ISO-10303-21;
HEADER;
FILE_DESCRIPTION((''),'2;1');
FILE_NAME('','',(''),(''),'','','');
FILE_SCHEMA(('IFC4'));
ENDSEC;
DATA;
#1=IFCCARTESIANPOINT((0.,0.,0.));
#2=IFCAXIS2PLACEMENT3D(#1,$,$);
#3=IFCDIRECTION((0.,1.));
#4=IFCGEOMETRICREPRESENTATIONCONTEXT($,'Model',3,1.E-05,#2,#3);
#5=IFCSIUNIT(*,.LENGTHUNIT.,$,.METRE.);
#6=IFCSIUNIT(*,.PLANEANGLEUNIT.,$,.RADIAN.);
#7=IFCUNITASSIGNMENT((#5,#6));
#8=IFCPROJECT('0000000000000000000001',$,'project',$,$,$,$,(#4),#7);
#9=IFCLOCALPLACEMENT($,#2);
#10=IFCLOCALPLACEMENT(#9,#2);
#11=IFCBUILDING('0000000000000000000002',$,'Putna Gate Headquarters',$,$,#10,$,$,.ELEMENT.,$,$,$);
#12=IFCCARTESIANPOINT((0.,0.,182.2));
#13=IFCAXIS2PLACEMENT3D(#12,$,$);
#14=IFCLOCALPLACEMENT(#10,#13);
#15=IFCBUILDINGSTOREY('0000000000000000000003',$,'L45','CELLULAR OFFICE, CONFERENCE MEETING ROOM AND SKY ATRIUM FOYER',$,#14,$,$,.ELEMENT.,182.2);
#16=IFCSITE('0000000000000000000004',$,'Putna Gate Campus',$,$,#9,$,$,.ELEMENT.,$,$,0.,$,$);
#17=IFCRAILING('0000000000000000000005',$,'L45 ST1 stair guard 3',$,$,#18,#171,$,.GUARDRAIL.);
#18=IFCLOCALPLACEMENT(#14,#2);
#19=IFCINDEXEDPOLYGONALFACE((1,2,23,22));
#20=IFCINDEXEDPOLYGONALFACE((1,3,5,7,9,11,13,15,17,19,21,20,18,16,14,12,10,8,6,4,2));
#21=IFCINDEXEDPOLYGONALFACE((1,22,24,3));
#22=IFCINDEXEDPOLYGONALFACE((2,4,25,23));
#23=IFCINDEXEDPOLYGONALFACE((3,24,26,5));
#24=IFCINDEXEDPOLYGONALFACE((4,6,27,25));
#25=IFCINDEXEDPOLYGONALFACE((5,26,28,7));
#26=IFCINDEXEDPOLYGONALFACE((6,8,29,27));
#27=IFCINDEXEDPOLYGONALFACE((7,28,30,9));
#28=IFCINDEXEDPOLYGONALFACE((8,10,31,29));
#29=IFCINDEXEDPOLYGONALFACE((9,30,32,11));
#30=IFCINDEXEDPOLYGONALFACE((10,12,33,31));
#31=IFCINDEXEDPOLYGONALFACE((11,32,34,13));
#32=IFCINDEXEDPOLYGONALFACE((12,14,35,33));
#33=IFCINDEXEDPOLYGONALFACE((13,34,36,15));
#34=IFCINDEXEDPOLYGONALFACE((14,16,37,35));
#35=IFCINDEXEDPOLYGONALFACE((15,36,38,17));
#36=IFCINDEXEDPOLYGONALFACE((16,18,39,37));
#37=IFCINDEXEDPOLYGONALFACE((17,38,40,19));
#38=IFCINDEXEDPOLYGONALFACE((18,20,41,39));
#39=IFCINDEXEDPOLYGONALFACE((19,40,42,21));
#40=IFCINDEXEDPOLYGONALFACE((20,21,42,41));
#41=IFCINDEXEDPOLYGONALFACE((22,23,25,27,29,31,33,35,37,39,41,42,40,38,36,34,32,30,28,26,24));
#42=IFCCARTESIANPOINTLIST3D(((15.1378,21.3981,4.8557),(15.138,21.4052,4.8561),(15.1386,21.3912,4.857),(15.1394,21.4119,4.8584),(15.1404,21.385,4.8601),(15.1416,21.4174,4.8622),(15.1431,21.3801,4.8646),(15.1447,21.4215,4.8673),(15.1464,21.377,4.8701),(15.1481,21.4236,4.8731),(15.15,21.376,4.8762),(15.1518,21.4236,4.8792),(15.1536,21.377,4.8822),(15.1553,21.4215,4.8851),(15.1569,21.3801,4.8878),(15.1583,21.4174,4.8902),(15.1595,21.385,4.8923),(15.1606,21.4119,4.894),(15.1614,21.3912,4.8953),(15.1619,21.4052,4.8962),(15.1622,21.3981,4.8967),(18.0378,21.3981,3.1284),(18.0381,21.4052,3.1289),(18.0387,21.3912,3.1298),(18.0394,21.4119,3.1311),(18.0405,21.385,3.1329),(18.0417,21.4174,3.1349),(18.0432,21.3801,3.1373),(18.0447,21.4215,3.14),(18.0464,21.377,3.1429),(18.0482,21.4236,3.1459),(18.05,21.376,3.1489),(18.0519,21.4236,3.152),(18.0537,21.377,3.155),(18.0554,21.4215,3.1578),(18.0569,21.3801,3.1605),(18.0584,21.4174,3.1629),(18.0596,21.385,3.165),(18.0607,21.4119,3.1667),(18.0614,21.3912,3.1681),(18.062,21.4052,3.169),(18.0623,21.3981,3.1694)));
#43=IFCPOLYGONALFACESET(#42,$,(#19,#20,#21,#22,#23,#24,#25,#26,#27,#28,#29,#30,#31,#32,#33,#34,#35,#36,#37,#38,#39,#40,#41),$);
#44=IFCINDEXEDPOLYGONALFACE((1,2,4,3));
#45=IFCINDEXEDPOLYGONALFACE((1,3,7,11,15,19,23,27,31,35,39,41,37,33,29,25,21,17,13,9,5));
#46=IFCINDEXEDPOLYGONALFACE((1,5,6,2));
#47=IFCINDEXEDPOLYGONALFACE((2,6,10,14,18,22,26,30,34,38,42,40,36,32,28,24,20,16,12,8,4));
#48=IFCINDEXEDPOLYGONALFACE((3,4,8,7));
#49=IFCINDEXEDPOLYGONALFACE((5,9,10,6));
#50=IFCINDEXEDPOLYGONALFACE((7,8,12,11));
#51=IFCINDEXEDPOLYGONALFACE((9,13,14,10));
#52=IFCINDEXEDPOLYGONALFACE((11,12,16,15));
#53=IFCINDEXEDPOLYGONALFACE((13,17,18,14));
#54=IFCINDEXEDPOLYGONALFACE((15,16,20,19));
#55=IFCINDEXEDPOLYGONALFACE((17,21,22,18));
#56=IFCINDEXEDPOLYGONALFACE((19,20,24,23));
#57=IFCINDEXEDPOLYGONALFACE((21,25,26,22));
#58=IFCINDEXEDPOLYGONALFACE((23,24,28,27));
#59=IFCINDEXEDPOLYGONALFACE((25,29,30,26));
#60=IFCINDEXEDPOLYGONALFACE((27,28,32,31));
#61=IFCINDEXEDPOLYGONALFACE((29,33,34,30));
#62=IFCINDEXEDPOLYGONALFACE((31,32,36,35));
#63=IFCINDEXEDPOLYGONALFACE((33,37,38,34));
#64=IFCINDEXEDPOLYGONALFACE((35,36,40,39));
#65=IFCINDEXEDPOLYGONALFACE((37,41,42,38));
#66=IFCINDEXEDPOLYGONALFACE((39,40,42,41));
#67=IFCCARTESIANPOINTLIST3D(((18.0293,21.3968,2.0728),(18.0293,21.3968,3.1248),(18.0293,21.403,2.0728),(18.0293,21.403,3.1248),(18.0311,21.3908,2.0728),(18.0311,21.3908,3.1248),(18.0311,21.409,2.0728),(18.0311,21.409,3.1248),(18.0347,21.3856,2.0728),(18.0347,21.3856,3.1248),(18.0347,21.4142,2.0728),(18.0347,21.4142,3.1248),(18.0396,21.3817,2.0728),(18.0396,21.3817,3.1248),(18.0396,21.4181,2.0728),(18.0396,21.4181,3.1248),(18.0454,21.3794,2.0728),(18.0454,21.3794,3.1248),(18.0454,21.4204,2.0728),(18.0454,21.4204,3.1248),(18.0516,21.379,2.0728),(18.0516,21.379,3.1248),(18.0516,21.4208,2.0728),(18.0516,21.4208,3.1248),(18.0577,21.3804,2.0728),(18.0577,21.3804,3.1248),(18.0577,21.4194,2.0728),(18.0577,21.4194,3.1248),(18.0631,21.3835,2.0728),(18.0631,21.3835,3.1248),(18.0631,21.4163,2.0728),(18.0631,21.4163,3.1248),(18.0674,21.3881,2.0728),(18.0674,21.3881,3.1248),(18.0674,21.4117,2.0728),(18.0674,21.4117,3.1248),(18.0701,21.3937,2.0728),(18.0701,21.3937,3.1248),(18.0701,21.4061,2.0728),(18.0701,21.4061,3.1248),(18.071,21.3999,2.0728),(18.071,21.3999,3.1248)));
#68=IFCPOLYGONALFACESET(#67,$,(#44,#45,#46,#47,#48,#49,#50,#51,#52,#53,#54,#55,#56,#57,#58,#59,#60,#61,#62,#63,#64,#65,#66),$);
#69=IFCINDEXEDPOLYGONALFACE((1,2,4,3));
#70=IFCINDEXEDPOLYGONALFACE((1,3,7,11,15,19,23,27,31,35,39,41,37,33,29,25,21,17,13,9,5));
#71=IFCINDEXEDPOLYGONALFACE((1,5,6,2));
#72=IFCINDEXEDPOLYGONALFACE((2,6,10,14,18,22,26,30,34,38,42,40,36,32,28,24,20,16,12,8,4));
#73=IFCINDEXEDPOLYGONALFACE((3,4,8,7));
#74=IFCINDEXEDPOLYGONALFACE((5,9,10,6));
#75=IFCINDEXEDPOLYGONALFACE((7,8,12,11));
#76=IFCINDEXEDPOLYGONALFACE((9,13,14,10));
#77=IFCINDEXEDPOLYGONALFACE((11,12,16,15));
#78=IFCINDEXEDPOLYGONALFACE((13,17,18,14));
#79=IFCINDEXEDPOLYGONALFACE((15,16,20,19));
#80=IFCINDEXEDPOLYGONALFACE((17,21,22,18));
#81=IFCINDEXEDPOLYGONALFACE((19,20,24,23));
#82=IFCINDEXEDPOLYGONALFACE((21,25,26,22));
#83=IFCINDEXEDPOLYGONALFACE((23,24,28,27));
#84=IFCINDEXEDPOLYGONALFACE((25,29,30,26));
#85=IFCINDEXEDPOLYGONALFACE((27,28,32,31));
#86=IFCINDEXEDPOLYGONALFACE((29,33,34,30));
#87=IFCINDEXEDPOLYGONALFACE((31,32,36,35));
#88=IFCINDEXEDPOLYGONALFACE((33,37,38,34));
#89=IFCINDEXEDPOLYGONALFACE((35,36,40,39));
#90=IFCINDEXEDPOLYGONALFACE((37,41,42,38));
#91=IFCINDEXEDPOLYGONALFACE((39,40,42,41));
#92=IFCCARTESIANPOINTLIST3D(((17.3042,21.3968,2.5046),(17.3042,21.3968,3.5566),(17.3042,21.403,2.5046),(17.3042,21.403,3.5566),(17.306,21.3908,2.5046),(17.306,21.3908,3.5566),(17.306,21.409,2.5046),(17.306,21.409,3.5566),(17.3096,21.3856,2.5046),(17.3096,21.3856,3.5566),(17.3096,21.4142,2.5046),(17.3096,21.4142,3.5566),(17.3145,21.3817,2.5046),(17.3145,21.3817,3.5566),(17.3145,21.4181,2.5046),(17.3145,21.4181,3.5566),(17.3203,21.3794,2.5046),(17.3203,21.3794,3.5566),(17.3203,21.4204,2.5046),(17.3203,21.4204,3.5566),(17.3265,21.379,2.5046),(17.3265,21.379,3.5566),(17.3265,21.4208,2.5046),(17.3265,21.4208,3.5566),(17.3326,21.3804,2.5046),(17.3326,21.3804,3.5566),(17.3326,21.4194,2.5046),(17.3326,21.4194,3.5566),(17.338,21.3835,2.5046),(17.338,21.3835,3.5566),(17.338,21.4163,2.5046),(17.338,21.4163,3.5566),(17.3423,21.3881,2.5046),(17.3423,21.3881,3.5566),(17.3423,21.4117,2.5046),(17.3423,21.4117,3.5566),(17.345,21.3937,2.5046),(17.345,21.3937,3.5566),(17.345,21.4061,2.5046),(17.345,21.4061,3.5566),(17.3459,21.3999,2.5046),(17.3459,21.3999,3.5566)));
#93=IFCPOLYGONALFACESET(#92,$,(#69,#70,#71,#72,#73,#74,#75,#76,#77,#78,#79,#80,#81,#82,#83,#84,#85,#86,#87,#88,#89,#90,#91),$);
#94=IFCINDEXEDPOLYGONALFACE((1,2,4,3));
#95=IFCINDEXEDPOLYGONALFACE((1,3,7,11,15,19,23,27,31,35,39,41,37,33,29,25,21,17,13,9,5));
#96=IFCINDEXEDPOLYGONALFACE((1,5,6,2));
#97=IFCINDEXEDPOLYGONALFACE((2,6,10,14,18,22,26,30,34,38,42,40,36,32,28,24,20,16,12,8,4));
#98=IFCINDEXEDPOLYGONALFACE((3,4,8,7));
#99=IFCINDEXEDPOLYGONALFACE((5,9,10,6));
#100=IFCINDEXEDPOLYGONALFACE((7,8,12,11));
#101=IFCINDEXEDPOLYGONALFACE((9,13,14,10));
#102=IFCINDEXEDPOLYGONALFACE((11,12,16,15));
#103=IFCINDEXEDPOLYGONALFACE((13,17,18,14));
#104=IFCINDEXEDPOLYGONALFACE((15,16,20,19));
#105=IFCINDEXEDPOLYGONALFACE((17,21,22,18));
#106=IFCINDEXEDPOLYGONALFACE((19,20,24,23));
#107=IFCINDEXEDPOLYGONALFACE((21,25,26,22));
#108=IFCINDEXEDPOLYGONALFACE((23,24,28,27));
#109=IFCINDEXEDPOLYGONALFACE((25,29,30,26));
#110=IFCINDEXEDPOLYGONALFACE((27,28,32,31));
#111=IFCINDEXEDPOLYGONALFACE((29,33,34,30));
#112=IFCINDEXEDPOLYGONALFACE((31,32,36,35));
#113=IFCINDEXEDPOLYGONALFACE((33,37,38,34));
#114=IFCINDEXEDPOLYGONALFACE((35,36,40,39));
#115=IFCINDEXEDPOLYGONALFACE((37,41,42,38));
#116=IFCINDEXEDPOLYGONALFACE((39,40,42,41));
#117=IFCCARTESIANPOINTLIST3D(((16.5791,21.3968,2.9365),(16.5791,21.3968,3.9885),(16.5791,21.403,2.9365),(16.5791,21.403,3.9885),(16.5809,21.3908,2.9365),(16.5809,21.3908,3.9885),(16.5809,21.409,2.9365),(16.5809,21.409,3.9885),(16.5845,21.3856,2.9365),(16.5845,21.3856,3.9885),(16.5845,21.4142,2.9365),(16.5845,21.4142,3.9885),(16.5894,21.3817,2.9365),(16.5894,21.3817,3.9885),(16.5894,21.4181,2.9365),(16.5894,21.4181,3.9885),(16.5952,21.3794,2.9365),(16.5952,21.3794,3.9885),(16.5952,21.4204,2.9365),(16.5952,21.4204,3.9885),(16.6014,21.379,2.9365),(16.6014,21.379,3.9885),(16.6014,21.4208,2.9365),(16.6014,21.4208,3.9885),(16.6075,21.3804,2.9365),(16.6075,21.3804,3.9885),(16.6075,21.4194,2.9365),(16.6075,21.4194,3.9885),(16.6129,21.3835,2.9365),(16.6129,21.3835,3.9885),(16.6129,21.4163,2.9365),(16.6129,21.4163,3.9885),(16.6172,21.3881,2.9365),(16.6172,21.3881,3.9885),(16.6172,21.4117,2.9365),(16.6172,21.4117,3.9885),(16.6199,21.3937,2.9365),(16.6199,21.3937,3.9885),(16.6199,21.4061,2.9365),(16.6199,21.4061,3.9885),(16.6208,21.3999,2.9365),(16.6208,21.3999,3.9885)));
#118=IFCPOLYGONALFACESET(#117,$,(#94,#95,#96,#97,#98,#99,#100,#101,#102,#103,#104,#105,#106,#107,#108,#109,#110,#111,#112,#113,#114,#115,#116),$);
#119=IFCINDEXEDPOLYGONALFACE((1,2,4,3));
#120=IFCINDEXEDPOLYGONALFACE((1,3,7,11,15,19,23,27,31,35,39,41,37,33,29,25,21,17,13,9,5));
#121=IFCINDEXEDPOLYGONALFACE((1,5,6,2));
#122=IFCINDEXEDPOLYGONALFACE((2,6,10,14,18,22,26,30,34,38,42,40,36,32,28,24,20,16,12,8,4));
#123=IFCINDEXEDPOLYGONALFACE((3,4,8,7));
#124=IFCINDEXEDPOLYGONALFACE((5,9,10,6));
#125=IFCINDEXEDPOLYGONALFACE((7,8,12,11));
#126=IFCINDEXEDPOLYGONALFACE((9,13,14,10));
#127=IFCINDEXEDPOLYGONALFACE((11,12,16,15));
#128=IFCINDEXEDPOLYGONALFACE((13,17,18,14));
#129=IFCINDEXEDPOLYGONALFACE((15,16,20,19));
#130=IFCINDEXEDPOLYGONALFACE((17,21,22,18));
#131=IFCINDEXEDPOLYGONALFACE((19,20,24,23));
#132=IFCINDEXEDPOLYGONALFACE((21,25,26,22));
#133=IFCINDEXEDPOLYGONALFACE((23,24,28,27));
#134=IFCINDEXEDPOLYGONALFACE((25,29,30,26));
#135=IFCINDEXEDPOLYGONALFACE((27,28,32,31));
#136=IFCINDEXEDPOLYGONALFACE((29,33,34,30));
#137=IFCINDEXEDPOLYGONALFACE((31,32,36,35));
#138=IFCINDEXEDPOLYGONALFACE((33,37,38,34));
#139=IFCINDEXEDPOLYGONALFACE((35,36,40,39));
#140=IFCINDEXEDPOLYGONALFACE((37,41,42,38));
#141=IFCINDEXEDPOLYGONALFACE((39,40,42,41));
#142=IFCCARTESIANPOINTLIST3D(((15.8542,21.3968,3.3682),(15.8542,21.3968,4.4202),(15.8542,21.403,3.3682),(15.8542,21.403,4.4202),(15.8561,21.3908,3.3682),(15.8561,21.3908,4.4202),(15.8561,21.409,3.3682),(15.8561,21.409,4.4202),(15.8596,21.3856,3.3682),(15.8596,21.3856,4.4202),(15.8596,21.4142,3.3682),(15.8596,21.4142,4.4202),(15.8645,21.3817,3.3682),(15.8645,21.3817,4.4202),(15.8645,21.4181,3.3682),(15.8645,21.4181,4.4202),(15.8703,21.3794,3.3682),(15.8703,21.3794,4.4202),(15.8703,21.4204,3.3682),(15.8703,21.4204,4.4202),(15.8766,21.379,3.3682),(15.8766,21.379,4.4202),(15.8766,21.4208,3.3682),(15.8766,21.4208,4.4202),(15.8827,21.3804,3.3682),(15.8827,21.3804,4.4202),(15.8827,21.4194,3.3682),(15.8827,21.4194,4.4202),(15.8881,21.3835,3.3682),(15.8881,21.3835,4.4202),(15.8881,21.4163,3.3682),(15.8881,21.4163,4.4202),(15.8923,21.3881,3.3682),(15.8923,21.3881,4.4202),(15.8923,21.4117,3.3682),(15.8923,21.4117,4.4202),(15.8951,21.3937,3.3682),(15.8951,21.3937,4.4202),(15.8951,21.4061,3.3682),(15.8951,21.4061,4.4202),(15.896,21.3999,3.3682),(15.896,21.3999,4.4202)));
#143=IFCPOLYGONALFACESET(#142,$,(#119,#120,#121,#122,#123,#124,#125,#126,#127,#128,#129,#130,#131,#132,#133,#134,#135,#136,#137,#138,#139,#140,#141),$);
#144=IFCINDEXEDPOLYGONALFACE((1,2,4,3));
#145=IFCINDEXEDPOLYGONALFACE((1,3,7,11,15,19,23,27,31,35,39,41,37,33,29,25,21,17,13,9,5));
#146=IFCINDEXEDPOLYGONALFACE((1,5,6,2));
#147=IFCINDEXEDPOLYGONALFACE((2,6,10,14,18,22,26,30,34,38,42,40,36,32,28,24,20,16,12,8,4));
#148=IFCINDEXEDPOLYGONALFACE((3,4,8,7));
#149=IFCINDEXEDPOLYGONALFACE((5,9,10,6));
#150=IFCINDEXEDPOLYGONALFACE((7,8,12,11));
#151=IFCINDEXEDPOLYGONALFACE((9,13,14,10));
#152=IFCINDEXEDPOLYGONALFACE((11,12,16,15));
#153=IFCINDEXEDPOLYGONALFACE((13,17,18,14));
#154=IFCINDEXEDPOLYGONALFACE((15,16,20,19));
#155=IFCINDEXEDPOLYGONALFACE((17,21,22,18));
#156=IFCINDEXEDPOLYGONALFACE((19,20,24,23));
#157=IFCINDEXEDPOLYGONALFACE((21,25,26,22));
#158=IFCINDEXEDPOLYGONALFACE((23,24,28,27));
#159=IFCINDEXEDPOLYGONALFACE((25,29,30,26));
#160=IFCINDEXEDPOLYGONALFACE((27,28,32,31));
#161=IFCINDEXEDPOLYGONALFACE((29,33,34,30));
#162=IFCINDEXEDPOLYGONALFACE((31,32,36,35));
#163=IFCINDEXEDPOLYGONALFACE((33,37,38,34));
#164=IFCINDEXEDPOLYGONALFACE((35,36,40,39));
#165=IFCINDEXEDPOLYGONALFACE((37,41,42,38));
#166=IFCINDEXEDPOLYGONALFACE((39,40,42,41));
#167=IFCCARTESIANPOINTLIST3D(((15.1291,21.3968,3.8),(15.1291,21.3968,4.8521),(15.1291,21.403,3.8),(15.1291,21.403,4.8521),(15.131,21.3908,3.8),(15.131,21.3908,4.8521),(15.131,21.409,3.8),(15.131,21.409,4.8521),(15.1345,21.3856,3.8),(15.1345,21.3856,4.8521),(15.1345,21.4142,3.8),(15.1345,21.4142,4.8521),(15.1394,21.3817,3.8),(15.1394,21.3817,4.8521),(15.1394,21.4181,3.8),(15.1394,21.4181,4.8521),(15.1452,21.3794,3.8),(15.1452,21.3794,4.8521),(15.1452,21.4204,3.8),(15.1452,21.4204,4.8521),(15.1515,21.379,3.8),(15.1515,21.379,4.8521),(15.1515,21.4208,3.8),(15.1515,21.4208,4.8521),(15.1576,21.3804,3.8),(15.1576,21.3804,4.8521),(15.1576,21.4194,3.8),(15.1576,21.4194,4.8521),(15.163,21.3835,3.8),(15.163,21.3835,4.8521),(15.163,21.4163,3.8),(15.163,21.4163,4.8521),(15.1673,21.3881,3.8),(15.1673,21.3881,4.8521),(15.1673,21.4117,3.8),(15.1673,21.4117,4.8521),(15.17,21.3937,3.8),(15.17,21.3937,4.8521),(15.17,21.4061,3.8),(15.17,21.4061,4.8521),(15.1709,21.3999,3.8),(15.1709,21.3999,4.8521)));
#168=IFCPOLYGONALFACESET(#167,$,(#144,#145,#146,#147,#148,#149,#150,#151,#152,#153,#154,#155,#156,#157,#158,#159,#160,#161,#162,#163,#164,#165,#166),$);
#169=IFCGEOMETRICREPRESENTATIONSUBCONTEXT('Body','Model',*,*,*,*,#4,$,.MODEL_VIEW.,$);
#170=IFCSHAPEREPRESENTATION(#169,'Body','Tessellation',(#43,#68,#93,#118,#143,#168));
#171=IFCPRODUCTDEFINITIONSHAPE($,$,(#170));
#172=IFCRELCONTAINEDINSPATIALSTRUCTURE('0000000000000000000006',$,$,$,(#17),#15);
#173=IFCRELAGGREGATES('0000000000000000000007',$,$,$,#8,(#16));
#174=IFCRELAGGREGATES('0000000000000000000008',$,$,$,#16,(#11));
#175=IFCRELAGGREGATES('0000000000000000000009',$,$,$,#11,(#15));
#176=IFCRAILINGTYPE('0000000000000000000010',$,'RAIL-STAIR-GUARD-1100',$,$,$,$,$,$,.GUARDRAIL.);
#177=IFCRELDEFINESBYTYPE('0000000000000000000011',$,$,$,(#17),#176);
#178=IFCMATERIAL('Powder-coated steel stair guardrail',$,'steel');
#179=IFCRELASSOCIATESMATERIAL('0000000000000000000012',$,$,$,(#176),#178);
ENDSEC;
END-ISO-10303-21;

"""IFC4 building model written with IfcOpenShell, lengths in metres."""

from ifc_helpers import new_model, si_unit, direction, frame, origin, origin_2d, place, context, subcontext, project, spatial, circle, extrude, material, type_object, element, save


model = new_model("IFC4")

# Units and contexts
model_context = context("Model", 3, precision=1e-05, world=origin(), true_north=direction((0.0, 1.0)))
body_context = subcontext(model_context, "Body", "Model", "MODEL_VIEW")
ifc_project = project(units=[si_unit("LENGTHUNIT", "METRE"), si_unit("PLANEANGLEUNIT", "RADIAN")], contexts=[model_context])

# Site, building, storey
site_placement = place(None, origin())
site = spatial("IfcSite", under=ifc_project, at=site_placement, Name="Putna Gate Campus", CompositionType="ELEMENT", RefElevation=0.0)
building_placement = place(site_placement, origin())
building = spatial("IfcBuilding", under=site, at=building_placement, Name="Putna Gate Headquarters", CompositionType="ELEMENT")
storey_placement = place(building_placement, frame((0.0, 0.0, 182.2)))
storey = spatial("IfcBuildingStorey", under=building, at=storey_placement, Name="L45", Description="CELLULAR OFFICE, CONFERENCE MEETING ROOM AND SKY ATRIUM FOYER", CompositionType="ELEMENT", Elevation=182.2)

# Railing
ifc_material_1 = material(Name="Powder-coated steel stair guardrail", Category="steel")
railing_type = type_object("IfcRailingType", Name="RAIL-STAIR-GUARD-1100", PredefinedType="GUARDRAIL", material=ifc_material_1)
railing_1_placement = place(storey_placement, frame((18.05, 21.3999, 2.0728)))
element("IfcRailing", 1, at=railing_1_placement, inside=storey, type_object=railing_type, Name="L45 ST1 stair guard 3", PredefinedType="GUARDRAIL", context=body_context, shape_type="SweptSolid", body=[
    extrude(circle(Radius=0.0239, at=origin_2d()), frame((0.0, 0.0, 1.0762), z_axis=(-0.85916, 0.0, 0.511706), x_axis=(0.0, -1.0, 0.0)), (0.0, 0.0, 1.0), 3.3755),
    extrude(circle(Radius=0.021, at=origin_2d()), origin(), (0.0, 0.0, 1.0), 1.052),
    extrude(circle(Radius=0.021, at=origin_2d()), frame((-0.7251, 0.0, 0.4319)), (0.0, 0.0, 1.0), 1.052),
    extrude(circle(Radius=0.021, at=origin_2d()), frame((-1.4502, 0.0, 0.8638)), (0.0, 0.0, 1.0), 1.052),
    extrude(circle(Radius=0.021, at=origin_2d()), frame((-2.175, 0.0, 1.2954)), (0.0, 0.0, 1.0), 1.052),
    extrude(circle(Radius=0.021, at=origin_2d()), frame((-2.9001, 0.0, 1.7273)), (0.0, 0.0, 1.0), 1.052),
])

save(model, "model.ifc")
